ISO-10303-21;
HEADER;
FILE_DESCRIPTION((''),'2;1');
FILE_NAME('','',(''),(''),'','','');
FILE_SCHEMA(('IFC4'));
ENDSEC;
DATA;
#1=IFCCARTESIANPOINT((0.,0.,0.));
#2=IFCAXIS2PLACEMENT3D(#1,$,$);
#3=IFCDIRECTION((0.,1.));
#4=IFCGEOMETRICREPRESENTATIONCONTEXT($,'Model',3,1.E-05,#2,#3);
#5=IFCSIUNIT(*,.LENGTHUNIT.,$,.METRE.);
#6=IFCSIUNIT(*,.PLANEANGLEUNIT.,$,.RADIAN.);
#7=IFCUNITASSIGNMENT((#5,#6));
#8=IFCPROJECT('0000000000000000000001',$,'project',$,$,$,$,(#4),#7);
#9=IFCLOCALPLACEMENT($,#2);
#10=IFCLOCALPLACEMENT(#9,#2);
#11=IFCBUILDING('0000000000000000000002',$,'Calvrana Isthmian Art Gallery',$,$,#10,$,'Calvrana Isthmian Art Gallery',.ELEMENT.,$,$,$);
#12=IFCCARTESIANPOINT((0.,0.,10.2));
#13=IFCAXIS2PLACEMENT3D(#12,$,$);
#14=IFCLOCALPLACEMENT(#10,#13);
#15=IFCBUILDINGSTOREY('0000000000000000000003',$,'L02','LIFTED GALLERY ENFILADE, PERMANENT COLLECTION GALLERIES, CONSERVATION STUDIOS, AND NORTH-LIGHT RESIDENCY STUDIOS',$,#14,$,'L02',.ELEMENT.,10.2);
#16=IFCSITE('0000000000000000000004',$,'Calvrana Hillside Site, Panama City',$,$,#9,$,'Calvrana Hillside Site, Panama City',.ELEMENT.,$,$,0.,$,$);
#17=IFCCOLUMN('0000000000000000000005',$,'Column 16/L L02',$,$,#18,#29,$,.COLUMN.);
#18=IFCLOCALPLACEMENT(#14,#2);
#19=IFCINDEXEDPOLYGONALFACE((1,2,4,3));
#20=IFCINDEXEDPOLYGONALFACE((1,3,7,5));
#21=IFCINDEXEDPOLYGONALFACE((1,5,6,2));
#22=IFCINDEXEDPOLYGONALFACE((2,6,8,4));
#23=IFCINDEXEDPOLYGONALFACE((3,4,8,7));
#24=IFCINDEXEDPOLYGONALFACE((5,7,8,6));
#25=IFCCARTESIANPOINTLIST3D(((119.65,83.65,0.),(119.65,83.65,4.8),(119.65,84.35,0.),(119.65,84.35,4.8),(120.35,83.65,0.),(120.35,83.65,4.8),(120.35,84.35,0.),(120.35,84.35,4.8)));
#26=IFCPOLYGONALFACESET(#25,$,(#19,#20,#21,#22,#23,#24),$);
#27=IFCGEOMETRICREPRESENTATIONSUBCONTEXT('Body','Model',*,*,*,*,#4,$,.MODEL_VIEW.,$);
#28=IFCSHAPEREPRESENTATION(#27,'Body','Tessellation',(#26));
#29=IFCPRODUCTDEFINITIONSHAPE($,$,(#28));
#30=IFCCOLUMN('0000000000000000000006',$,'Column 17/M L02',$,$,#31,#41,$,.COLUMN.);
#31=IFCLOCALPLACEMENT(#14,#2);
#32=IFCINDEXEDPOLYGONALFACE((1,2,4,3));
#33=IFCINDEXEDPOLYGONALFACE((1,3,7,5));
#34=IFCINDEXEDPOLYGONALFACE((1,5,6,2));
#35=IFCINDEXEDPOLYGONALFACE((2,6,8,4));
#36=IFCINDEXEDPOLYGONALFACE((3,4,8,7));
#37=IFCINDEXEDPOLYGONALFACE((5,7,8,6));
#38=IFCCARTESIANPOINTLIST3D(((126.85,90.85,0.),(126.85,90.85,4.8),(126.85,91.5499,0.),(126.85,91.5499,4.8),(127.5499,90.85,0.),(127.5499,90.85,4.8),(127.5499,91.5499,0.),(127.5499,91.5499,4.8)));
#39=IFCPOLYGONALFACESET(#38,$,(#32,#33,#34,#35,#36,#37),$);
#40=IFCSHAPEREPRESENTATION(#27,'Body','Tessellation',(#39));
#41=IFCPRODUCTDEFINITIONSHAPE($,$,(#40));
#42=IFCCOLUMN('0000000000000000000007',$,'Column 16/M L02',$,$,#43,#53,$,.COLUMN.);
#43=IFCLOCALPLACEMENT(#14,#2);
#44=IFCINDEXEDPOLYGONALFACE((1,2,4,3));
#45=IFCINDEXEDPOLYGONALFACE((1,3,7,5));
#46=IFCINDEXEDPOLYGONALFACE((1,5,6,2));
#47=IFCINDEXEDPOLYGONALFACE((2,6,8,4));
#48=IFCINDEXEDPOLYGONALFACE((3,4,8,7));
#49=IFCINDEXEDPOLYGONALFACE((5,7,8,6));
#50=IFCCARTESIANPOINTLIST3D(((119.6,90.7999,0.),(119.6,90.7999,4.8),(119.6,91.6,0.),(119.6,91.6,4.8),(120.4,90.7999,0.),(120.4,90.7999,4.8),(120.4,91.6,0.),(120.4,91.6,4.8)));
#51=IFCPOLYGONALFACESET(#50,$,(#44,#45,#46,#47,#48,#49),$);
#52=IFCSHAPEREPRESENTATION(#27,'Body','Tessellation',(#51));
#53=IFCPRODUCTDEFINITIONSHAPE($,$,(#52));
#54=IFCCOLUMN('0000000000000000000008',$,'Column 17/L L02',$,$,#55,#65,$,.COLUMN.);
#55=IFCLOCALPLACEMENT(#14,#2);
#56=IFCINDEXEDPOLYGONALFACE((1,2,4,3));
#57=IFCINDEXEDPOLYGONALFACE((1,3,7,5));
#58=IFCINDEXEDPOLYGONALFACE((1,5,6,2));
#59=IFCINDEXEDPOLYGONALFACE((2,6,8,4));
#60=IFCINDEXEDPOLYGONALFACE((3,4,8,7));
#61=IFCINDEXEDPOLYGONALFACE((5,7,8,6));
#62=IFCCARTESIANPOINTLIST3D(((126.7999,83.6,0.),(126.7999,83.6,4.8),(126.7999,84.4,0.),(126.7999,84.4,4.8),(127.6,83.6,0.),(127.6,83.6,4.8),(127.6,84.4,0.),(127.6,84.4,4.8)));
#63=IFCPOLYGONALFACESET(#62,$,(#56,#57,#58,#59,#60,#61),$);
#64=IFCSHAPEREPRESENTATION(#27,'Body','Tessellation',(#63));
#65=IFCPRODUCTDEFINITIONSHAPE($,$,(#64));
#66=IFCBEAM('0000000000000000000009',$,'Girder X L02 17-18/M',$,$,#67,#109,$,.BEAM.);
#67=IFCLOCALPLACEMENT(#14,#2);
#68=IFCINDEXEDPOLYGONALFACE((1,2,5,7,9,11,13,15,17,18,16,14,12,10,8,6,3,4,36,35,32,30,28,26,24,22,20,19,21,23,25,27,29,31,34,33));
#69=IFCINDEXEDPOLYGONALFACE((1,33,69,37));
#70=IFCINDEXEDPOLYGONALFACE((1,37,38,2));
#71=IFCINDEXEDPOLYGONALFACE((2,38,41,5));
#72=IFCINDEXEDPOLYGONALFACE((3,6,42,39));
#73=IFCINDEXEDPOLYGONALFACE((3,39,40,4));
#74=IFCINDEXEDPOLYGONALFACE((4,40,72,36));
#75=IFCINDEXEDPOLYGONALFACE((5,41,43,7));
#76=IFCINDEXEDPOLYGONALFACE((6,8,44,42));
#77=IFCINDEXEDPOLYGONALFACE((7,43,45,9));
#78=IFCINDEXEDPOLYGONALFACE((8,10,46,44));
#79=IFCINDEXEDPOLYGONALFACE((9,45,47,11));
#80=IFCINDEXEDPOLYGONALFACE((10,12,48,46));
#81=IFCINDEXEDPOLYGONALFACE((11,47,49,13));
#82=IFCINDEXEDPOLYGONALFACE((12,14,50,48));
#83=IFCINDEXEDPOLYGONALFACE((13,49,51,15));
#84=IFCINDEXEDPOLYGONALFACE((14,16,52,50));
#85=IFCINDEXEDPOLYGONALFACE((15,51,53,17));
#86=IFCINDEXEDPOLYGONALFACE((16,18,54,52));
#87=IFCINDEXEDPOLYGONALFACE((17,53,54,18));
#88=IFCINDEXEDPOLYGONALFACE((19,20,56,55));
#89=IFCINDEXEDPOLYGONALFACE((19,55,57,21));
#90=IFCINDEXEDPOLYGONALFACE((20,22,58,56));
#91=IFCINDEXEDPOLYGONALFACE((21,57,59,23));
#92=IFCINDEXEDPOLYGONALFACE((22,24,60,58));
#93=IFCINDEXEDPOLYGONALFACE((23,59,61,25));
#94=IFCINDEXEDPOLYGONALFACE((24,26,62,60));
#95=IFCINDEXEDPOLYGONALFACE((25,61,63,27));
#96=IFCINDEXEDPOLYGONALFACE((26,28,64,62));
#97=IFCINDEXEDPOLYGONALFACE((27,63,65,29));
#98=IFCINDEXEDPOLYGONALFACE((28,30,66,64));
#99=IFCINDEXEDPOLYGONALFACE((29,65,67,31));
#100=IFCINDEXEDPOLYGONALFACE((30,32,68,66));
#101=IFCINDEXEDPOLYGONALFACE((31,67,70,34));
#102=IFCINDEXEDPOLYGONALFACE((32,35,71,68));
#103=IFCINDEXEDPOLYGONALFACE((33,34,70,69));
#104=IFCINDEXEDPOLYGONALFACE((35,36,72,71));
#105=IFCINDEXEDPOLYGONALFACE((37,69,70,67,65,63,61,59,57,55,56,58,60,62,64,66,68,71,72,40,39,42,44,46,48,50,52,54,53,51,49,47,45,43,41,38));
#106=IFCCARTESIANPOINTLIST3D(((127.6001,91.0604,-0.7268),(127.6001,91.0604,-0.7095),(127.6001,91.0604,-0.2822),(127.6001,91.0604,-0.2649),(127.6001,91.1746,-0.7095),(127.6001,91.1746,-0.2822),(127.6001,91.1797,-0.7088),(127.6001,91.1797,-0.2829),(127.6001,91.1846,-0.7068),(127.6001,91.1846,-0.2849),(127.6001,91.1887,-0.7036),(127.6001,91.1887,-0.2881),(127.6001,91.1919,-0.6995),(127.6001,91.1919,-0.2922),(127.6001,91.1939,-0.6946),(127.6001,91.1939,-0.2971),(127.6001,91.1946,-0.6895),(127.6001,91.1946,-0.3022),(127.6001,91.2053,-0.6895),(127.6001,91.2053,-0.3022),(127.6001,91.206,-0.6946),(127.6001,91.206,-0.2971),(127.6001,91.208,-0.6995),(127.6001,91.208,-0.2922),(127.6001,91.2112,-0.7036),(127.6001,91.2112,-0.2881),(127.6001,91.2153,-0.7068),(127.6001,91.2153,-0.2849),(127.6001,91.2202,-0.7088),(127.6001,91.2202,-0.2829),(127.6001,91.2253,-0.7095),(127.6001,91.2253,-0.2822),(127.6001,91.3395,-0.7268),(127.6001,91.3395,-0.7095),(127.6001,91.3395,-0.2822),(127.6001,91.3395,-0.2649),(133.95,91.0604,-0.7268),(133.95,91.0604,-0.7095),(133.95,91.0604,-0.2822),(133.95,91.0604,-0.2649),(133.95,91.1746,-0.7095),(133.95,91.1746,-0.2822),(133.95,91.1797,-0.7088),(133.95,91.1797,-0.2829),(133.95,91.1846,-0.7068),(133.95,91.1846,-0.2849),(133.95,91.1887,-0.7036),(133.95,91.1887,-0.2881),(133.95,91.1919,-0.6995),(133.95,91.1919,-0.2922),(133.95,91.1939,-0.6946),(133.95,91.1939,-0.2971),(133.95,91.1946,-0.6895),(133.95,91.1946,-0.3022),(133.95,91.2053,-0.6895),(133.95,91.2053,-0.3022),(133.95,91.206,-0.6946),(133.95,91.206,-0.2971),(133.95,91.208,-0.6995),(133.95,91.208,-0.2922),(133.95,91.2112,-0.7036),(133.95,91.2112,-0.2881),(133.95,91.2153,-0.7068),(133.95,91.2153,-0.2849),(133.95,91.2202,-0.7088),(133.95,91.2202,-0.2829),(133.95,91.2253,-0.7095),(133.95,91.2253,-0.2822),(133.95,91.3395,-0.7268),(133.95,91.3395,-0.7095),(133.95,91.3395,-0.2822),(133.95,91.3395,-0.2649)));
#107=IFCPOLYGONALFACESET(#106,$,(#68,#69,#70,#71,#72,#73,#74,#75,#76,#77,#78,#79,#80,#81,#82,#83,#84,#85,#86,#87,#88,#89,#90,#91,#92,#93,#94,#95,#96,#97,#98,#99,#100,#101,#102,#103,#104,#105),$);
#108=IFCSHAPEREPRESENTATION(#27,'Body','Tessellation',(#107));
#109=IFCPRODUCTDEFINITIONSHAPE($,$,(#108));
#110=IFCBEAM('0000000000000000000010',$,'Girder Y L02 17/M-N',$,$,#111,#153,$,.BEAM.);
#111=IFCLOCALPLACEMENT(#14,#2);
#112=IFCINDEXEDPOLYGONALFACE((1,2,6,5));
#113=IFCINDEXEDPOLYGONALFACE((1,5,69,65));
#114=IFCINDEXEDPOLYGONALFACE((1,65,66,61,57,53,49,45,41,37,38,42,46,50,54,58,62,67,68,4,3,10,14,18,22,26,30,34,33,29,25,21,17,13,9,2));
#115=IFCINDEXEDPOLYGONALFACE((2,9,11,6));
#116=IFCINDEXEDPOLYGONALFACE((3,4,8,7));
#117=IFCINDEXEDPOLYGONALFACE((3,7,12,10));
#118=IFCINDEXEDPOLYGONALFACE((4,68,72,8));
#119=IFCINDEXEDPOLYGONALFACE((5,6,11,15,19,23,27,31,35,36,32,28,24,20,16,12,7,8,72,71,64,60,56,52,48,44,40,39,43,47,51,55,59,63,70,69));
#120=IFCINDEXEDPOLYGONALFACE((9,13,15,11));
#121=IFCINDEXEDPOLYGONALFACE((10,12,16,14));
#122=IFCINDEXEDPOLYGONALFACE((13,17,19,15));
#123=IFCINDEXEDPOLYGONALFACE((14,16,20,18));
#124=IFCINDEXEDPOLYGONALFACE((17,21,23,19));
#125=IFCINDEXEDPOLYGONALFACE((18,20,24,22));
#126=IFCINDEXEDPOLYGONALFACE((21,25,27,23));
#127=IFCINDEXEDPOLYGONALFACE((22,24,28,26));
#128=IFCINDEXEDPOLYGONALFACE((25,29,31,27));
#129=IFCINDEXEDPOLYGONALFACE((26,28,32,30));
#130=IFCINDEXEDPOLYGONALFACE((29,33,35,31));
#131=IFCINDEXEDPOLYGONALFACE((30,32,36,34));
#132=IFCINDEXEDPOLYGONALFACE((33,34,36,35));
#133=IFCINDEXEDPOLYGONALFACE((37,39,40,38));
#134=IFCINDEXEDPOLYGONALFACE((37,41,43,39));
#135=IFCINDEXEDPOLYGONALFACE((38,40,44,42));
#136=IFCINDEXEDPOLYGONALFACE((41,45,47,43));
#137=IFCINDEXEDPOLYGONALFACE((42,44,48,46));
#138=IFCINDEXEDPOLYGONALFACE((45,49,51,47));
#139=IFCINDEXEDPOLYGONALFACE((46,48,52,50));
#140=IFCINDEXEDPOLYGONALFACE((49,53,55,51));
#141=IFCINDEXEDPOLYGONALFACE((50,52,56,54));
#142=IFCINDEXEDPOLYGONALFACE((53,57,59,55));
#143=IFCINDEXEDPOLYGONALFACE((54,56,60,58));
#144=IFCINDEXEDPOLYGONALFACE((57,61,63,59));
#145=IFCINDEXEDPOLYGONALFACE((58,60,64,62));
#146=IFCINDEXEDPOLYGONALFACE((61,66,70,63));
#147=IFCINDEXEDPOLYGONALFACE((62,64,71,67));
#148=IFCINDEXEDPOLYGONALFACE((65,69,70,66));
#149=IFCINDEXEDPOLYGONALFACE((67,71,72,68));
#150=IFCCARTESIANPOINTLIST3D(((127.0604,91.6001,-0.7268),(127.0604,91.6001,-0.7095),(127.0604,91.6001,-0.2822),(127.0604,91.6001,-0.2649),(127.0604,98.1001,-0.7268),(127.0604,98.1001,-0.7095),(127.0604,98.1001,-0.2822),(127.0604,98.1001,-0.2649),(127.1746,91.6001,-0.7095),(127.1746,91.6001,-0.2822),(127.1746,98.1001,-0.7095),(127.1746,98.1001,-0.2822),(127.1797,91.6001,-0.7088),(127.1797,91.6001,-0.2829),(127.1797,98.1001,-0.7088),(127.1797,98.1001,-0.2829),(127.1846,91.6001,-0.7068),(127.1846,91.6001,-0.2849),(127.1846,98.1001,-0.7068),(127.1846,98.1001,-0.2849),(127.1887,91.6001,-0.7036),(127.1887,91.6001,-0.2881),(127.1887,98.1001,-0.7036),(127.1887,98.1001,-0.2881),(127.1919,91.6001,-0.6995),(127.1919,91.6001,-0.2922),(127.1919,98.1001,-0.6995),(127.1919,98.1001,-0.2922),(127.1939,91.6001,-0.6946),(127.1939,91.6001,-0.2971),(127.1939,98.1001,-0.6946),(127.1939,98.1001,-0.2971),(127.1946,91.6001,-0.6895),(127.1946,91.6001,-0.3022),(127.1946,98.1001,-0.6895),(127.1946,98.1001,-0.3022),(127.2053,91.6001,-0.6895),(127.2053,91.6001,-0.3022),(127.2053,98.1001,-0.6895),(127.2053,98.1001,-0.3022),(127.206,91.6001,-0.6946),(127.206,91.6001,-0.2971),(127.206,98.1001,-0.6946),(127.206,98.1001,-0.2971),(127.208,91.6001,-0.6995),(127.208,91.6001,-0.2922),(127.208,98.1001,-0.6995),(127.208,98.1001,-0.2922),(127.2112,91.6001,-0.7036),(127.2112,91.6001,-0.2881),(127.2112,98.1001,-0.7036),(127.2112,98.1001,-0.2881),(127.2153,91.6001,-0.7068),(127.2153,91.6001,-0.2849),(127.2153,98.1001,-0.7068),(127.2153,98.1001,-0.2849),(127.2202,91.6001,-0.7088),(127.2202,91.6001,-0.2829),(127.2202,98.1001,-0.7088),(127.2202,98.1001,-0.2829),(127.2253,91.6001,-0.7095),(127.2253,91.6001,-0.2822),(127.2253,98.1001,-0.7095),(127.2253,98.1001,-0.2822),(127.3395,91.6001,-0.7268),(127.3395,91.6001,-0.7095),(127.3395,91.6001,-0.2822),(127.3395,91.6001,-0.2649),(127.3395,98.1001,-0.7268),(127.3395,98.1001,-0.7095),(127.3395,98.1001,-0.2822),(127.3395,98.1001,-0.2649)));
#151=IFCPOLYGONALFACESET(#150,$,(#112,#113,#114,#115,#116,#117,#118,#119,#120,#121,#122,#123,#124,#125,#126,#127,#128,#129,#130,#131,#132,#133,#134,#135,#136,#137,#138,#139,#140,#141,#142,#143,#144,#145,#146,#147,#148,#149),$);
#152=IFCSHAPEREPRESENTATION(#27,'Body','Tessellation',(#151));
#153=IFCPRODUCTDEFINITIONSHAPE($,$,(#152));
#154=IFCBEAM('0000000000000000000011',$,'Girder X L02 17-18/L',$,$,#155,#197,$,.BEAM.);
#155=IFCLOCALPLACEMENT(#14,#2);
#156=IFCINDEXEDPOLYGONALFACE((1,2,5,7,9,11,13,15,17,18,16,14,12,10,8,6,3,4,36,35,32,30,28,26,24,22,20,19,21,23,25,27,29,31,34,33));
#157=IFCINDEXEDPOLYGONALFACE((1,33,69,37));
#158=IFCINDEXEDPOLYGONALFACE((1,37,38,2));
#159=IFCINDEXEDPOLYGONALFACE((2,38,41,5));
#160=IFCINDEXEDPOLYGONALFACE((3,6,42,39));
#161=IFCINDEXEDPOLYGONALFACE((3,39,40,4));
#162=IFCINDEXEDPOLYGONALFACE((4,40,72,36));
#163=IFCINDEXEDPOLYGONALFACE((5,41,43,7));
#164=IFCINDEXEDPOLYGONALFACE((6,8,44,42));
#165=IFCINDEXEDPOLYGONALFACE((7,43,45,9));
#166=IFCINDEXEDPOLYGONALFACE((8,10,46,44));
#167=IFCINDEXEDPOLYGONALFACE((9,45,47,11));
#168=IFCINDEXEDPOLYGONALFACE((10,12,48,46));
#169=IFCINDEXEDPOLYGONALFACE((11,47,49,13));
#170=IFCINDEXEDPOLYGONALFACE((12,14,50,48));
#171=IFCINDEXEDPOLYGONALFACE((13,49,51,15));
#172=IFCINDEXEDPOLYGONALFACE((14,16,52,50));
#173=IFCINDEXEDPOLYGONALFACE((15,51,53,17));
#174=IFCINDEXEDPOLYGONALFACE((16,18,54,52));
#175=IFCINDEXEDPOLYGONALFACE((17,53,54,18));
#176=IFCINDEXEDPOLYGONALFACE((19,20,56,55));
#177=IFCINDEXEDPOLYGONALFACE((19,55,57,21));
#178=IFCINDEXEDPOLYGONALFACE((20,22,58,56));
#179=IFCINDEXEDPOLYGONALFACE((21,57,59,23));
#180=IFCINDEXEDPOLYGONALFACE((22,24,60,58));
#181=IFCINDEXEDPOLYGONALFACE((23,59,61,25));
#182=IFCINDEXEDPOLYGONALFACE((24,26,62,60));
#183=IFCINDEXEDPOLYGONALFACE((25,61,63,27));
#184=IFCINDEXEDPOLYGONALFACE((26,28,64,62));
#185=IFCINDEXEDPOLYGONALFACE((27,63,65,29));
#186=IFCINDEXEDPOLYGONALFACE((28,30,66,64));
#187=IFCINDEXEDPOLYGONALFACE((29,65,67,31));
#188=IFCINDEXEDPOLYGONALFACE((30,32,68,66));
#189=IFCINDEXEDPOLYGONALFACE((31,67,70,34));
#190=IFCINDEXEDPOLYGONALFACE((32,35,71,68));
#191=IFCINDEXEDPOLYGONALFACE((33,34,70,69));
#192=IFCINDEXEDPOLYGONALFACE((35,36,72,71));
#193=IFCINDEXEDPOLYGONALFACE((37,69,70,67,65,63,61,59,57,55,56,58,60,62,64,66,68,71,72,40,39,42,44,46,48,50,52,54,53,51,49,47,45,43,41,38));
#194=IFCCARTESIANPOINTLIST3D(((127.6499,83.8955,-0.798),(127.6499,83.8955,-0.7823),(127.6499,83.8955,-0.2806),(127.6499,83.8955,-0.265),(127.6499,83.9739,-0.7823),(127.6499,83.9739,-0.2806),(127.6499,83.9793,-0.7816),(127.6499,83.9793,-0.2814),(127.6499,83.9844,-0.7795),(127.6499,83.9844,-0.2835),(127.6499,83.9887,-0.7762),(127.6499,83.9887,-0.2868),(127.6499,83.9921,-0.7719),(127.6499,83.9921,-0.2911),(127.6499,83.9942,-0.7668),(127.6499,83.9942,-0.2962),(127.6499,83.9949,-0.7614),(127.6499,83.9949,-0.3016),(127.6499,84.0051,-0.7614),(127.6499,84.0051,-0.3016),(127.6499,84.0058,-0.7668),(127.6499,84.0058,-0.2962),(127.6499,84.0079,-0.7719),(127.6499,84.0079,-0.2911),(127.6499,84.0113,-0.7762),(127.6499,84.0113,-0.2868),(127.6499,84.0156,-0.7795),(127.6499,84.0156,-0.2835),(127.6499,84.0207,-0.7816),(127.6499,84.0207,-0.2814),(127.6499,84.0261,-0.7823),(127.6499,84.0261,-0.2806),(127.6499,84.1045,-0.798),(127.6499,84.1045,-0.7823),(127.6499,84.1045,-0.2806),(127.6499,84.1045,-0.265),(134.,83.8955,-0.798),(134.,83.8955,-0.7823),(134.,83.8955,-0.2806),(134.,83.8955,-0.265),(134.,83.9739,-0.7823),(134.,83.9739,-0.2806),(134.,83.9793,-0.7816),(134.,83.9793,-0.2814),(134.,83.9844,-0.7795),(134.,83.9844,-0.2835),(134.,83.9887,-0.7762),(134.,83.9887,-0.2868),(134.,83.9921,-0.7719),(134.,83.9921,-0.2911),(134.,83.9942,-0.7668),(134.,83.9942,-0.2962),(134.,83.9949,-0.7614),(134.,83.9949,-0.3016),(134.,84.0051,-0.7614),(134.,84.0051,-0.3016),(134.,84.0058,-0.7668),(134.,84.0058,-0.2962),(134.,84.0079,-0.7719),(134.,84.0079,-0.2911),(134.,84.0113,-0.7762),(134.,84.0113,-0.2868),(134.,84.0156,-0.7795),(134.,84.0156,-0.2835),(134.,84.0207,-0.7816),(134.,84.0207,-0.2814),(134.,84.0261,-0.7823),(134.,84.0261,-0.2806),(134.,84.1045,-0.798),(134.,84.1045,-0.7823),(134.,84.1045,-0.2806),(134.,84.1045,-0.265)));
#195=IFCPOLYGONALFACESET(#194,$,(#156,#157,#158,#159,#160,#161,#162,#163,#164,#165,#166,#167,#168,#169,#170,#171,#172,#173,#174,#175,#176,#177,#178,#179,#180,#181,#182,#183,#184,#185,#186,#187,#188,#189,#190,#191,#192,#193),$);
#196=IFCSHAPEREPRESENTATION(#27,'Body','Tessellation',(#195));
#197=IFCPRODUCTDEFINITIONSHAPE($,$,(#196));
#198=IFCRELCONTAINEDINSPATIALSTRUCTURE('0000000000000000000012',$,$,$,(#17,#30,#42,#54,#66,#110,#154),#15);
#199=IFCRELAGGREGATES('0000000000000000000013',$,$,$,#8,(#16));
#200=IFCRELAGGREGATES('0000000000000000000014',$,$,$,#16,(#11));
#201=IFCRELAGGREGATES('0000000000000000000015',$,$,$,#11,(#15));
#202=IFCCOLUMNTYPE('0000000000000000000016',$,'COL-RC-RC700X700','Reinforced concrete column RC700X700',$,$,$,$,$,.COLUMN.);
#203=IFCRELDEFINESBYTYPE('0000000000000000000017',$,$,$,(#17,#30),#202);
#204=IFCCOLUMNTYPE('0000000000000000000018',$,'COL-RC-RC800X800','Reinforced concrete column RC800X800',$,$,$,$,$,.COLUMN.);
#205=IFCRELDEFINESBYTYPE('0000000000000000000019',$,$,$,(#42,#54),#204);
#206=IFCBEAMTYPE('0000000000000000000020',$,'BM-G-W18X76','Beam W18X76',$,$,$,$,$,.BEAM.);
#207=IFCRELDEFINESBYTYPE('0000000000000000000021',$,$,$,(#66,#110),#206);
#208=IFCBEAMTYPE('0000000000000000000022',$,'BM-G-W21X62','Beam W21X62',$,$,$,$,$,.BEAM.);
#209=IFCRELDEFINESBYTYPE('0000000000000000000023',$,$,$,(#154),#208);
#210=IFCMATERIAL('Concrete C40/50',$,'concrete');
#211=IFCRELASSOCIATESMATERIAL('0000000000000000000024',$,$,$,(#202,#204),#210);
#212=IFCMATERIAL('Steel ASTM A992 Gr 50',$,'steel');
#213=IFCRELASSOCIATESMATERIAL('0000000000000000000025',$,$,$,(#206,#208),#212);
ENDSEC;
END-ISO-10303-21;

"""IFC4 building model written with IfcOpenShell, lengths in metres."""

from ifc_helpers import new_model, si_unit, direction, frame, origin, origin_2d, place, context, subcontext, project, spatial, rectangle, i_section, extrude, material, material_profile, profile_set, type_object, element, save


model = new_model("IFC4")

# Units and contexts
model_context = context("Model", 3, precision=1e-05, world=origin(), true_north=direction((0.0, 1.0)))
body_context = subcontext(model_context, "Body", "Model", "MODEL_VIEW")
ifc_project = project(units=[si_unit("LENGTHUNIT", "METRE"), si_unit("PLANEANGLEUNIT", "RADIAN")], contexts=[model_context])

# Site, building, storey
site_placement = place(None, origin())
site = spatial("IfcSite", under=ifc_project, at=site_placement, Name="Calvrana Hillside Site, Panama City", LongName="Calvrana Hillside Site, Panama City", CompositionType="ELEMENT", RefElevation=0.0)
building_placement = place(site_placement, origin())
building = spatial("IfcBuilding", under=site, at=building_placement, Name="Calvrana Isthmian Art Gallery", LongName="Calvrana Isthmian Art Gallery", CompositionType="ELEMENT")
storey_placement = place(building_placement, frame((0.0, 0.0, 10.2)))
storey = spatial("IfcBuildingStorey", under=building, at=storey_placement, Name="L02", Description="LIFTED GALLERY ENFILADE, PERMANENT COLLECTION GALLERIES, CONSERVATION STUDIOS, AND NORTH-LIGHT RESIDENCY STUDIOS", LongName="L02", CompositionType="ELEMENT", Elevation=10.2)

# Columns
ifc_material_1 = material(Name="Concrete C40/50", Category="concrete")
ifc_material_profile_1 = material_profile(ifc_material_1, rectangle(XDim=0.7, YDim=0.7, at=origin_2d()), Name="RC700X700")
ifc_profile_set_1 = profile_set([ifc_material_profile_1], Name="Concrete C40/50")
column_type_1 = type_object("IfcColumnType", Name="COL-RC-RC700X700", Description="Reinforced concrete column RC700X700", PredefinedType="COLUMN", material=ifc_profile_set_1)
for number, where, z_axis, x_axis, name in (
    (1, (120.0, 84.0, 0.0), (0.0, 0.0, 1.0), (1.0, 0.0, 0.0), "Column 16/L L02"),
    (2, (127.2, 91.2, 0.0), (0.0, 0.0, 1.0), (1.0, 0.0, 0.0), "Column 17/M L02"),
):
    element("IfcColumn", number, at=place(storey_placement, frame(where, z_axis=z_axis, x_axis=x_axis)), inside=storey, type_object=column_type_1, Name=name, PredefinedType="COLUMN", context=body_context, shape_type="SweptSolid", body=[
        extrude(rectangle(XDim=0.7, YDim=0.7, at=origin_2d()), origin(), (0.0, 0.0, 1.0), 4.8),
    ])
ifc_material_profile_2 = material_profile(ifc_material_1, rectangle(XDim=0.8, YDim=0.8, at=origin_2d()), Name="RC800X800")
ifc_profile_set_2 = profile_set([ifc_material_profile_2], Name="Concrete C40/50")
column_type_2 = type_object("IfcColumnType", Name="COL-RC-RC800X800", Description="Reinforced concrete column RC800X800", PredefinedType="COLUMN", material=ifc_profile_set_2)
for number, where, z_axis, x_axis, name in (
    (3, (120.0, 91.2, 0.0), (0.0, 0.0, 1.0), (1.0, 0.0, 0.0), "Column 16/M L02"),
    (4, (127.2, 84.0, 0.0), (0.0, 0.0, 1.0), (1.0, 0.0, 0.0), "Column 17/L L02"),
):
    element("IfcColumn", number, at=place(storey_placement, frame(where, z_axis=z_axis, x_axis=x_axis)), inside=storey, type_object=column_type_2, Name=name, PredefinedType="COLUMN", context=body_context, shape_type="SweptSolid", body=[
        extrude(rectangle(XDim=0.8, YDim=0.8, at=origin_2d()), origin(), (0.0, 0.0, 1.0), 4.8),
    ])

# Beams
ifc_material_2 = material(Name="Steel ASTM A992 Gr 50", Category="steel")
ifc_material_profile_3 = material_profile(ifc_material_2, i_section(OverallWidth=0.2791, OverallDepth=0.4619, WebThickness=0.0107, FlangeThickness=0.0173, FilletRadius=0.02, at=origin_2d()), Name="W18X76")
ifc_profile_set_3 = profile_set([ifc_material_profile_3], Name="Steel ASTM A992 Gr 50")
beam_type_1 = type_object("IfcBeamType", Name="BM-G-W18X76", Description="Beam W18X76", PredefinedType="BEAM", material=ifc_profile_set_3)
beam_1_placement = place(storey_placement, frame((127.6001, 91.2, -0.4958), z_axis=(1.0, 0.0, 0.0), x_axis=(0.0, 1.0, 0.0)))
element("IfcBeam", 5, at=beam_1_placement, inside=storey, type_object=beam_type_1, Name="Girder X L02 17-18/M", PredefinedType="BEAM", context=body_context, shape_type="SweptSolid", body=[
    extrude(i_section(OverallWidth=0.2791, OverallDepth=0.4619, WebThickness=0.0107, FlangeThickness=0.0173, FilletRadius=0.02, at=origin_2d()), origin(), (0.0, 0.0, 1.0), 6.3499),
])
beam_2_placement = place(storey_placement, frame((127.2, 91.6001, -0.4958), z_axis=(0.0, 1.0, 0.0), x_axis=(-1.0, 0.0, 0.0)))
element("IfcBeam", 6, at=beam_2_placement, inside=storey, type_object=beam_type_1, Name="Girder Y L02 17/M-N", PredefinedType="BEAM", context=body_context, shape_type="SweptSolid", body=[
    extrude(i_section(OverallWidth=0.2791, OverallDepth=0.4619, WebThickness=0.0107, FlangeThickness=0.0173, FilletRadius=0.02, at=origin_2d()), origin(), (0.0, 0.0, 1.0), 6.5),
])
ifc_material_profile_4 = material_profile(ifc_material_2, i_section(OverallWidth=0.209, OverallDepth=0.533, WebThickness=0.0103, FlangeThickness=0.0156, FilletRadius=0.021, at=origin_2d()), Name="W21X62")
ifc_profile_set_4 = profile_set([ifc_material_profile_4], Name="Steel ASTM A992 Gr 50")
beam_type_2 = type_object("IfcBeamType", Name="BM-G-W21X62", Description="Beam W21X62", PredefinedType="BEAM", material=ifc_profile_set_4)
for number, where, z_axis, x_axis, name in (
    (7, (127.6499, 84.0, -0.5315), (1.0, 0.0, 0.0), (0.0, 1.0, 0.0), "Girder X L02 17-18/L"),
):
    element("IfcBeam", number, at=place(storey_placement, frame(where, z_axis=z_axis, x_axis=x_axis)), inside=storey, type_object=beam_type_2, Name=name, PredefinedType="BEAM", context=body_context, shape_type="SweptSolid", body=[
        extrude(i_section(OverallWidth=0.209, OverallDepth=0.533, WebThickness=0.0103, FlangeThickness=0.0156, FilletRadius=0.021, at=origin_2d()), origin(), (0.0, 0.0, 1.0), 6.3501),
    ])

save(model, "model.ifc")
